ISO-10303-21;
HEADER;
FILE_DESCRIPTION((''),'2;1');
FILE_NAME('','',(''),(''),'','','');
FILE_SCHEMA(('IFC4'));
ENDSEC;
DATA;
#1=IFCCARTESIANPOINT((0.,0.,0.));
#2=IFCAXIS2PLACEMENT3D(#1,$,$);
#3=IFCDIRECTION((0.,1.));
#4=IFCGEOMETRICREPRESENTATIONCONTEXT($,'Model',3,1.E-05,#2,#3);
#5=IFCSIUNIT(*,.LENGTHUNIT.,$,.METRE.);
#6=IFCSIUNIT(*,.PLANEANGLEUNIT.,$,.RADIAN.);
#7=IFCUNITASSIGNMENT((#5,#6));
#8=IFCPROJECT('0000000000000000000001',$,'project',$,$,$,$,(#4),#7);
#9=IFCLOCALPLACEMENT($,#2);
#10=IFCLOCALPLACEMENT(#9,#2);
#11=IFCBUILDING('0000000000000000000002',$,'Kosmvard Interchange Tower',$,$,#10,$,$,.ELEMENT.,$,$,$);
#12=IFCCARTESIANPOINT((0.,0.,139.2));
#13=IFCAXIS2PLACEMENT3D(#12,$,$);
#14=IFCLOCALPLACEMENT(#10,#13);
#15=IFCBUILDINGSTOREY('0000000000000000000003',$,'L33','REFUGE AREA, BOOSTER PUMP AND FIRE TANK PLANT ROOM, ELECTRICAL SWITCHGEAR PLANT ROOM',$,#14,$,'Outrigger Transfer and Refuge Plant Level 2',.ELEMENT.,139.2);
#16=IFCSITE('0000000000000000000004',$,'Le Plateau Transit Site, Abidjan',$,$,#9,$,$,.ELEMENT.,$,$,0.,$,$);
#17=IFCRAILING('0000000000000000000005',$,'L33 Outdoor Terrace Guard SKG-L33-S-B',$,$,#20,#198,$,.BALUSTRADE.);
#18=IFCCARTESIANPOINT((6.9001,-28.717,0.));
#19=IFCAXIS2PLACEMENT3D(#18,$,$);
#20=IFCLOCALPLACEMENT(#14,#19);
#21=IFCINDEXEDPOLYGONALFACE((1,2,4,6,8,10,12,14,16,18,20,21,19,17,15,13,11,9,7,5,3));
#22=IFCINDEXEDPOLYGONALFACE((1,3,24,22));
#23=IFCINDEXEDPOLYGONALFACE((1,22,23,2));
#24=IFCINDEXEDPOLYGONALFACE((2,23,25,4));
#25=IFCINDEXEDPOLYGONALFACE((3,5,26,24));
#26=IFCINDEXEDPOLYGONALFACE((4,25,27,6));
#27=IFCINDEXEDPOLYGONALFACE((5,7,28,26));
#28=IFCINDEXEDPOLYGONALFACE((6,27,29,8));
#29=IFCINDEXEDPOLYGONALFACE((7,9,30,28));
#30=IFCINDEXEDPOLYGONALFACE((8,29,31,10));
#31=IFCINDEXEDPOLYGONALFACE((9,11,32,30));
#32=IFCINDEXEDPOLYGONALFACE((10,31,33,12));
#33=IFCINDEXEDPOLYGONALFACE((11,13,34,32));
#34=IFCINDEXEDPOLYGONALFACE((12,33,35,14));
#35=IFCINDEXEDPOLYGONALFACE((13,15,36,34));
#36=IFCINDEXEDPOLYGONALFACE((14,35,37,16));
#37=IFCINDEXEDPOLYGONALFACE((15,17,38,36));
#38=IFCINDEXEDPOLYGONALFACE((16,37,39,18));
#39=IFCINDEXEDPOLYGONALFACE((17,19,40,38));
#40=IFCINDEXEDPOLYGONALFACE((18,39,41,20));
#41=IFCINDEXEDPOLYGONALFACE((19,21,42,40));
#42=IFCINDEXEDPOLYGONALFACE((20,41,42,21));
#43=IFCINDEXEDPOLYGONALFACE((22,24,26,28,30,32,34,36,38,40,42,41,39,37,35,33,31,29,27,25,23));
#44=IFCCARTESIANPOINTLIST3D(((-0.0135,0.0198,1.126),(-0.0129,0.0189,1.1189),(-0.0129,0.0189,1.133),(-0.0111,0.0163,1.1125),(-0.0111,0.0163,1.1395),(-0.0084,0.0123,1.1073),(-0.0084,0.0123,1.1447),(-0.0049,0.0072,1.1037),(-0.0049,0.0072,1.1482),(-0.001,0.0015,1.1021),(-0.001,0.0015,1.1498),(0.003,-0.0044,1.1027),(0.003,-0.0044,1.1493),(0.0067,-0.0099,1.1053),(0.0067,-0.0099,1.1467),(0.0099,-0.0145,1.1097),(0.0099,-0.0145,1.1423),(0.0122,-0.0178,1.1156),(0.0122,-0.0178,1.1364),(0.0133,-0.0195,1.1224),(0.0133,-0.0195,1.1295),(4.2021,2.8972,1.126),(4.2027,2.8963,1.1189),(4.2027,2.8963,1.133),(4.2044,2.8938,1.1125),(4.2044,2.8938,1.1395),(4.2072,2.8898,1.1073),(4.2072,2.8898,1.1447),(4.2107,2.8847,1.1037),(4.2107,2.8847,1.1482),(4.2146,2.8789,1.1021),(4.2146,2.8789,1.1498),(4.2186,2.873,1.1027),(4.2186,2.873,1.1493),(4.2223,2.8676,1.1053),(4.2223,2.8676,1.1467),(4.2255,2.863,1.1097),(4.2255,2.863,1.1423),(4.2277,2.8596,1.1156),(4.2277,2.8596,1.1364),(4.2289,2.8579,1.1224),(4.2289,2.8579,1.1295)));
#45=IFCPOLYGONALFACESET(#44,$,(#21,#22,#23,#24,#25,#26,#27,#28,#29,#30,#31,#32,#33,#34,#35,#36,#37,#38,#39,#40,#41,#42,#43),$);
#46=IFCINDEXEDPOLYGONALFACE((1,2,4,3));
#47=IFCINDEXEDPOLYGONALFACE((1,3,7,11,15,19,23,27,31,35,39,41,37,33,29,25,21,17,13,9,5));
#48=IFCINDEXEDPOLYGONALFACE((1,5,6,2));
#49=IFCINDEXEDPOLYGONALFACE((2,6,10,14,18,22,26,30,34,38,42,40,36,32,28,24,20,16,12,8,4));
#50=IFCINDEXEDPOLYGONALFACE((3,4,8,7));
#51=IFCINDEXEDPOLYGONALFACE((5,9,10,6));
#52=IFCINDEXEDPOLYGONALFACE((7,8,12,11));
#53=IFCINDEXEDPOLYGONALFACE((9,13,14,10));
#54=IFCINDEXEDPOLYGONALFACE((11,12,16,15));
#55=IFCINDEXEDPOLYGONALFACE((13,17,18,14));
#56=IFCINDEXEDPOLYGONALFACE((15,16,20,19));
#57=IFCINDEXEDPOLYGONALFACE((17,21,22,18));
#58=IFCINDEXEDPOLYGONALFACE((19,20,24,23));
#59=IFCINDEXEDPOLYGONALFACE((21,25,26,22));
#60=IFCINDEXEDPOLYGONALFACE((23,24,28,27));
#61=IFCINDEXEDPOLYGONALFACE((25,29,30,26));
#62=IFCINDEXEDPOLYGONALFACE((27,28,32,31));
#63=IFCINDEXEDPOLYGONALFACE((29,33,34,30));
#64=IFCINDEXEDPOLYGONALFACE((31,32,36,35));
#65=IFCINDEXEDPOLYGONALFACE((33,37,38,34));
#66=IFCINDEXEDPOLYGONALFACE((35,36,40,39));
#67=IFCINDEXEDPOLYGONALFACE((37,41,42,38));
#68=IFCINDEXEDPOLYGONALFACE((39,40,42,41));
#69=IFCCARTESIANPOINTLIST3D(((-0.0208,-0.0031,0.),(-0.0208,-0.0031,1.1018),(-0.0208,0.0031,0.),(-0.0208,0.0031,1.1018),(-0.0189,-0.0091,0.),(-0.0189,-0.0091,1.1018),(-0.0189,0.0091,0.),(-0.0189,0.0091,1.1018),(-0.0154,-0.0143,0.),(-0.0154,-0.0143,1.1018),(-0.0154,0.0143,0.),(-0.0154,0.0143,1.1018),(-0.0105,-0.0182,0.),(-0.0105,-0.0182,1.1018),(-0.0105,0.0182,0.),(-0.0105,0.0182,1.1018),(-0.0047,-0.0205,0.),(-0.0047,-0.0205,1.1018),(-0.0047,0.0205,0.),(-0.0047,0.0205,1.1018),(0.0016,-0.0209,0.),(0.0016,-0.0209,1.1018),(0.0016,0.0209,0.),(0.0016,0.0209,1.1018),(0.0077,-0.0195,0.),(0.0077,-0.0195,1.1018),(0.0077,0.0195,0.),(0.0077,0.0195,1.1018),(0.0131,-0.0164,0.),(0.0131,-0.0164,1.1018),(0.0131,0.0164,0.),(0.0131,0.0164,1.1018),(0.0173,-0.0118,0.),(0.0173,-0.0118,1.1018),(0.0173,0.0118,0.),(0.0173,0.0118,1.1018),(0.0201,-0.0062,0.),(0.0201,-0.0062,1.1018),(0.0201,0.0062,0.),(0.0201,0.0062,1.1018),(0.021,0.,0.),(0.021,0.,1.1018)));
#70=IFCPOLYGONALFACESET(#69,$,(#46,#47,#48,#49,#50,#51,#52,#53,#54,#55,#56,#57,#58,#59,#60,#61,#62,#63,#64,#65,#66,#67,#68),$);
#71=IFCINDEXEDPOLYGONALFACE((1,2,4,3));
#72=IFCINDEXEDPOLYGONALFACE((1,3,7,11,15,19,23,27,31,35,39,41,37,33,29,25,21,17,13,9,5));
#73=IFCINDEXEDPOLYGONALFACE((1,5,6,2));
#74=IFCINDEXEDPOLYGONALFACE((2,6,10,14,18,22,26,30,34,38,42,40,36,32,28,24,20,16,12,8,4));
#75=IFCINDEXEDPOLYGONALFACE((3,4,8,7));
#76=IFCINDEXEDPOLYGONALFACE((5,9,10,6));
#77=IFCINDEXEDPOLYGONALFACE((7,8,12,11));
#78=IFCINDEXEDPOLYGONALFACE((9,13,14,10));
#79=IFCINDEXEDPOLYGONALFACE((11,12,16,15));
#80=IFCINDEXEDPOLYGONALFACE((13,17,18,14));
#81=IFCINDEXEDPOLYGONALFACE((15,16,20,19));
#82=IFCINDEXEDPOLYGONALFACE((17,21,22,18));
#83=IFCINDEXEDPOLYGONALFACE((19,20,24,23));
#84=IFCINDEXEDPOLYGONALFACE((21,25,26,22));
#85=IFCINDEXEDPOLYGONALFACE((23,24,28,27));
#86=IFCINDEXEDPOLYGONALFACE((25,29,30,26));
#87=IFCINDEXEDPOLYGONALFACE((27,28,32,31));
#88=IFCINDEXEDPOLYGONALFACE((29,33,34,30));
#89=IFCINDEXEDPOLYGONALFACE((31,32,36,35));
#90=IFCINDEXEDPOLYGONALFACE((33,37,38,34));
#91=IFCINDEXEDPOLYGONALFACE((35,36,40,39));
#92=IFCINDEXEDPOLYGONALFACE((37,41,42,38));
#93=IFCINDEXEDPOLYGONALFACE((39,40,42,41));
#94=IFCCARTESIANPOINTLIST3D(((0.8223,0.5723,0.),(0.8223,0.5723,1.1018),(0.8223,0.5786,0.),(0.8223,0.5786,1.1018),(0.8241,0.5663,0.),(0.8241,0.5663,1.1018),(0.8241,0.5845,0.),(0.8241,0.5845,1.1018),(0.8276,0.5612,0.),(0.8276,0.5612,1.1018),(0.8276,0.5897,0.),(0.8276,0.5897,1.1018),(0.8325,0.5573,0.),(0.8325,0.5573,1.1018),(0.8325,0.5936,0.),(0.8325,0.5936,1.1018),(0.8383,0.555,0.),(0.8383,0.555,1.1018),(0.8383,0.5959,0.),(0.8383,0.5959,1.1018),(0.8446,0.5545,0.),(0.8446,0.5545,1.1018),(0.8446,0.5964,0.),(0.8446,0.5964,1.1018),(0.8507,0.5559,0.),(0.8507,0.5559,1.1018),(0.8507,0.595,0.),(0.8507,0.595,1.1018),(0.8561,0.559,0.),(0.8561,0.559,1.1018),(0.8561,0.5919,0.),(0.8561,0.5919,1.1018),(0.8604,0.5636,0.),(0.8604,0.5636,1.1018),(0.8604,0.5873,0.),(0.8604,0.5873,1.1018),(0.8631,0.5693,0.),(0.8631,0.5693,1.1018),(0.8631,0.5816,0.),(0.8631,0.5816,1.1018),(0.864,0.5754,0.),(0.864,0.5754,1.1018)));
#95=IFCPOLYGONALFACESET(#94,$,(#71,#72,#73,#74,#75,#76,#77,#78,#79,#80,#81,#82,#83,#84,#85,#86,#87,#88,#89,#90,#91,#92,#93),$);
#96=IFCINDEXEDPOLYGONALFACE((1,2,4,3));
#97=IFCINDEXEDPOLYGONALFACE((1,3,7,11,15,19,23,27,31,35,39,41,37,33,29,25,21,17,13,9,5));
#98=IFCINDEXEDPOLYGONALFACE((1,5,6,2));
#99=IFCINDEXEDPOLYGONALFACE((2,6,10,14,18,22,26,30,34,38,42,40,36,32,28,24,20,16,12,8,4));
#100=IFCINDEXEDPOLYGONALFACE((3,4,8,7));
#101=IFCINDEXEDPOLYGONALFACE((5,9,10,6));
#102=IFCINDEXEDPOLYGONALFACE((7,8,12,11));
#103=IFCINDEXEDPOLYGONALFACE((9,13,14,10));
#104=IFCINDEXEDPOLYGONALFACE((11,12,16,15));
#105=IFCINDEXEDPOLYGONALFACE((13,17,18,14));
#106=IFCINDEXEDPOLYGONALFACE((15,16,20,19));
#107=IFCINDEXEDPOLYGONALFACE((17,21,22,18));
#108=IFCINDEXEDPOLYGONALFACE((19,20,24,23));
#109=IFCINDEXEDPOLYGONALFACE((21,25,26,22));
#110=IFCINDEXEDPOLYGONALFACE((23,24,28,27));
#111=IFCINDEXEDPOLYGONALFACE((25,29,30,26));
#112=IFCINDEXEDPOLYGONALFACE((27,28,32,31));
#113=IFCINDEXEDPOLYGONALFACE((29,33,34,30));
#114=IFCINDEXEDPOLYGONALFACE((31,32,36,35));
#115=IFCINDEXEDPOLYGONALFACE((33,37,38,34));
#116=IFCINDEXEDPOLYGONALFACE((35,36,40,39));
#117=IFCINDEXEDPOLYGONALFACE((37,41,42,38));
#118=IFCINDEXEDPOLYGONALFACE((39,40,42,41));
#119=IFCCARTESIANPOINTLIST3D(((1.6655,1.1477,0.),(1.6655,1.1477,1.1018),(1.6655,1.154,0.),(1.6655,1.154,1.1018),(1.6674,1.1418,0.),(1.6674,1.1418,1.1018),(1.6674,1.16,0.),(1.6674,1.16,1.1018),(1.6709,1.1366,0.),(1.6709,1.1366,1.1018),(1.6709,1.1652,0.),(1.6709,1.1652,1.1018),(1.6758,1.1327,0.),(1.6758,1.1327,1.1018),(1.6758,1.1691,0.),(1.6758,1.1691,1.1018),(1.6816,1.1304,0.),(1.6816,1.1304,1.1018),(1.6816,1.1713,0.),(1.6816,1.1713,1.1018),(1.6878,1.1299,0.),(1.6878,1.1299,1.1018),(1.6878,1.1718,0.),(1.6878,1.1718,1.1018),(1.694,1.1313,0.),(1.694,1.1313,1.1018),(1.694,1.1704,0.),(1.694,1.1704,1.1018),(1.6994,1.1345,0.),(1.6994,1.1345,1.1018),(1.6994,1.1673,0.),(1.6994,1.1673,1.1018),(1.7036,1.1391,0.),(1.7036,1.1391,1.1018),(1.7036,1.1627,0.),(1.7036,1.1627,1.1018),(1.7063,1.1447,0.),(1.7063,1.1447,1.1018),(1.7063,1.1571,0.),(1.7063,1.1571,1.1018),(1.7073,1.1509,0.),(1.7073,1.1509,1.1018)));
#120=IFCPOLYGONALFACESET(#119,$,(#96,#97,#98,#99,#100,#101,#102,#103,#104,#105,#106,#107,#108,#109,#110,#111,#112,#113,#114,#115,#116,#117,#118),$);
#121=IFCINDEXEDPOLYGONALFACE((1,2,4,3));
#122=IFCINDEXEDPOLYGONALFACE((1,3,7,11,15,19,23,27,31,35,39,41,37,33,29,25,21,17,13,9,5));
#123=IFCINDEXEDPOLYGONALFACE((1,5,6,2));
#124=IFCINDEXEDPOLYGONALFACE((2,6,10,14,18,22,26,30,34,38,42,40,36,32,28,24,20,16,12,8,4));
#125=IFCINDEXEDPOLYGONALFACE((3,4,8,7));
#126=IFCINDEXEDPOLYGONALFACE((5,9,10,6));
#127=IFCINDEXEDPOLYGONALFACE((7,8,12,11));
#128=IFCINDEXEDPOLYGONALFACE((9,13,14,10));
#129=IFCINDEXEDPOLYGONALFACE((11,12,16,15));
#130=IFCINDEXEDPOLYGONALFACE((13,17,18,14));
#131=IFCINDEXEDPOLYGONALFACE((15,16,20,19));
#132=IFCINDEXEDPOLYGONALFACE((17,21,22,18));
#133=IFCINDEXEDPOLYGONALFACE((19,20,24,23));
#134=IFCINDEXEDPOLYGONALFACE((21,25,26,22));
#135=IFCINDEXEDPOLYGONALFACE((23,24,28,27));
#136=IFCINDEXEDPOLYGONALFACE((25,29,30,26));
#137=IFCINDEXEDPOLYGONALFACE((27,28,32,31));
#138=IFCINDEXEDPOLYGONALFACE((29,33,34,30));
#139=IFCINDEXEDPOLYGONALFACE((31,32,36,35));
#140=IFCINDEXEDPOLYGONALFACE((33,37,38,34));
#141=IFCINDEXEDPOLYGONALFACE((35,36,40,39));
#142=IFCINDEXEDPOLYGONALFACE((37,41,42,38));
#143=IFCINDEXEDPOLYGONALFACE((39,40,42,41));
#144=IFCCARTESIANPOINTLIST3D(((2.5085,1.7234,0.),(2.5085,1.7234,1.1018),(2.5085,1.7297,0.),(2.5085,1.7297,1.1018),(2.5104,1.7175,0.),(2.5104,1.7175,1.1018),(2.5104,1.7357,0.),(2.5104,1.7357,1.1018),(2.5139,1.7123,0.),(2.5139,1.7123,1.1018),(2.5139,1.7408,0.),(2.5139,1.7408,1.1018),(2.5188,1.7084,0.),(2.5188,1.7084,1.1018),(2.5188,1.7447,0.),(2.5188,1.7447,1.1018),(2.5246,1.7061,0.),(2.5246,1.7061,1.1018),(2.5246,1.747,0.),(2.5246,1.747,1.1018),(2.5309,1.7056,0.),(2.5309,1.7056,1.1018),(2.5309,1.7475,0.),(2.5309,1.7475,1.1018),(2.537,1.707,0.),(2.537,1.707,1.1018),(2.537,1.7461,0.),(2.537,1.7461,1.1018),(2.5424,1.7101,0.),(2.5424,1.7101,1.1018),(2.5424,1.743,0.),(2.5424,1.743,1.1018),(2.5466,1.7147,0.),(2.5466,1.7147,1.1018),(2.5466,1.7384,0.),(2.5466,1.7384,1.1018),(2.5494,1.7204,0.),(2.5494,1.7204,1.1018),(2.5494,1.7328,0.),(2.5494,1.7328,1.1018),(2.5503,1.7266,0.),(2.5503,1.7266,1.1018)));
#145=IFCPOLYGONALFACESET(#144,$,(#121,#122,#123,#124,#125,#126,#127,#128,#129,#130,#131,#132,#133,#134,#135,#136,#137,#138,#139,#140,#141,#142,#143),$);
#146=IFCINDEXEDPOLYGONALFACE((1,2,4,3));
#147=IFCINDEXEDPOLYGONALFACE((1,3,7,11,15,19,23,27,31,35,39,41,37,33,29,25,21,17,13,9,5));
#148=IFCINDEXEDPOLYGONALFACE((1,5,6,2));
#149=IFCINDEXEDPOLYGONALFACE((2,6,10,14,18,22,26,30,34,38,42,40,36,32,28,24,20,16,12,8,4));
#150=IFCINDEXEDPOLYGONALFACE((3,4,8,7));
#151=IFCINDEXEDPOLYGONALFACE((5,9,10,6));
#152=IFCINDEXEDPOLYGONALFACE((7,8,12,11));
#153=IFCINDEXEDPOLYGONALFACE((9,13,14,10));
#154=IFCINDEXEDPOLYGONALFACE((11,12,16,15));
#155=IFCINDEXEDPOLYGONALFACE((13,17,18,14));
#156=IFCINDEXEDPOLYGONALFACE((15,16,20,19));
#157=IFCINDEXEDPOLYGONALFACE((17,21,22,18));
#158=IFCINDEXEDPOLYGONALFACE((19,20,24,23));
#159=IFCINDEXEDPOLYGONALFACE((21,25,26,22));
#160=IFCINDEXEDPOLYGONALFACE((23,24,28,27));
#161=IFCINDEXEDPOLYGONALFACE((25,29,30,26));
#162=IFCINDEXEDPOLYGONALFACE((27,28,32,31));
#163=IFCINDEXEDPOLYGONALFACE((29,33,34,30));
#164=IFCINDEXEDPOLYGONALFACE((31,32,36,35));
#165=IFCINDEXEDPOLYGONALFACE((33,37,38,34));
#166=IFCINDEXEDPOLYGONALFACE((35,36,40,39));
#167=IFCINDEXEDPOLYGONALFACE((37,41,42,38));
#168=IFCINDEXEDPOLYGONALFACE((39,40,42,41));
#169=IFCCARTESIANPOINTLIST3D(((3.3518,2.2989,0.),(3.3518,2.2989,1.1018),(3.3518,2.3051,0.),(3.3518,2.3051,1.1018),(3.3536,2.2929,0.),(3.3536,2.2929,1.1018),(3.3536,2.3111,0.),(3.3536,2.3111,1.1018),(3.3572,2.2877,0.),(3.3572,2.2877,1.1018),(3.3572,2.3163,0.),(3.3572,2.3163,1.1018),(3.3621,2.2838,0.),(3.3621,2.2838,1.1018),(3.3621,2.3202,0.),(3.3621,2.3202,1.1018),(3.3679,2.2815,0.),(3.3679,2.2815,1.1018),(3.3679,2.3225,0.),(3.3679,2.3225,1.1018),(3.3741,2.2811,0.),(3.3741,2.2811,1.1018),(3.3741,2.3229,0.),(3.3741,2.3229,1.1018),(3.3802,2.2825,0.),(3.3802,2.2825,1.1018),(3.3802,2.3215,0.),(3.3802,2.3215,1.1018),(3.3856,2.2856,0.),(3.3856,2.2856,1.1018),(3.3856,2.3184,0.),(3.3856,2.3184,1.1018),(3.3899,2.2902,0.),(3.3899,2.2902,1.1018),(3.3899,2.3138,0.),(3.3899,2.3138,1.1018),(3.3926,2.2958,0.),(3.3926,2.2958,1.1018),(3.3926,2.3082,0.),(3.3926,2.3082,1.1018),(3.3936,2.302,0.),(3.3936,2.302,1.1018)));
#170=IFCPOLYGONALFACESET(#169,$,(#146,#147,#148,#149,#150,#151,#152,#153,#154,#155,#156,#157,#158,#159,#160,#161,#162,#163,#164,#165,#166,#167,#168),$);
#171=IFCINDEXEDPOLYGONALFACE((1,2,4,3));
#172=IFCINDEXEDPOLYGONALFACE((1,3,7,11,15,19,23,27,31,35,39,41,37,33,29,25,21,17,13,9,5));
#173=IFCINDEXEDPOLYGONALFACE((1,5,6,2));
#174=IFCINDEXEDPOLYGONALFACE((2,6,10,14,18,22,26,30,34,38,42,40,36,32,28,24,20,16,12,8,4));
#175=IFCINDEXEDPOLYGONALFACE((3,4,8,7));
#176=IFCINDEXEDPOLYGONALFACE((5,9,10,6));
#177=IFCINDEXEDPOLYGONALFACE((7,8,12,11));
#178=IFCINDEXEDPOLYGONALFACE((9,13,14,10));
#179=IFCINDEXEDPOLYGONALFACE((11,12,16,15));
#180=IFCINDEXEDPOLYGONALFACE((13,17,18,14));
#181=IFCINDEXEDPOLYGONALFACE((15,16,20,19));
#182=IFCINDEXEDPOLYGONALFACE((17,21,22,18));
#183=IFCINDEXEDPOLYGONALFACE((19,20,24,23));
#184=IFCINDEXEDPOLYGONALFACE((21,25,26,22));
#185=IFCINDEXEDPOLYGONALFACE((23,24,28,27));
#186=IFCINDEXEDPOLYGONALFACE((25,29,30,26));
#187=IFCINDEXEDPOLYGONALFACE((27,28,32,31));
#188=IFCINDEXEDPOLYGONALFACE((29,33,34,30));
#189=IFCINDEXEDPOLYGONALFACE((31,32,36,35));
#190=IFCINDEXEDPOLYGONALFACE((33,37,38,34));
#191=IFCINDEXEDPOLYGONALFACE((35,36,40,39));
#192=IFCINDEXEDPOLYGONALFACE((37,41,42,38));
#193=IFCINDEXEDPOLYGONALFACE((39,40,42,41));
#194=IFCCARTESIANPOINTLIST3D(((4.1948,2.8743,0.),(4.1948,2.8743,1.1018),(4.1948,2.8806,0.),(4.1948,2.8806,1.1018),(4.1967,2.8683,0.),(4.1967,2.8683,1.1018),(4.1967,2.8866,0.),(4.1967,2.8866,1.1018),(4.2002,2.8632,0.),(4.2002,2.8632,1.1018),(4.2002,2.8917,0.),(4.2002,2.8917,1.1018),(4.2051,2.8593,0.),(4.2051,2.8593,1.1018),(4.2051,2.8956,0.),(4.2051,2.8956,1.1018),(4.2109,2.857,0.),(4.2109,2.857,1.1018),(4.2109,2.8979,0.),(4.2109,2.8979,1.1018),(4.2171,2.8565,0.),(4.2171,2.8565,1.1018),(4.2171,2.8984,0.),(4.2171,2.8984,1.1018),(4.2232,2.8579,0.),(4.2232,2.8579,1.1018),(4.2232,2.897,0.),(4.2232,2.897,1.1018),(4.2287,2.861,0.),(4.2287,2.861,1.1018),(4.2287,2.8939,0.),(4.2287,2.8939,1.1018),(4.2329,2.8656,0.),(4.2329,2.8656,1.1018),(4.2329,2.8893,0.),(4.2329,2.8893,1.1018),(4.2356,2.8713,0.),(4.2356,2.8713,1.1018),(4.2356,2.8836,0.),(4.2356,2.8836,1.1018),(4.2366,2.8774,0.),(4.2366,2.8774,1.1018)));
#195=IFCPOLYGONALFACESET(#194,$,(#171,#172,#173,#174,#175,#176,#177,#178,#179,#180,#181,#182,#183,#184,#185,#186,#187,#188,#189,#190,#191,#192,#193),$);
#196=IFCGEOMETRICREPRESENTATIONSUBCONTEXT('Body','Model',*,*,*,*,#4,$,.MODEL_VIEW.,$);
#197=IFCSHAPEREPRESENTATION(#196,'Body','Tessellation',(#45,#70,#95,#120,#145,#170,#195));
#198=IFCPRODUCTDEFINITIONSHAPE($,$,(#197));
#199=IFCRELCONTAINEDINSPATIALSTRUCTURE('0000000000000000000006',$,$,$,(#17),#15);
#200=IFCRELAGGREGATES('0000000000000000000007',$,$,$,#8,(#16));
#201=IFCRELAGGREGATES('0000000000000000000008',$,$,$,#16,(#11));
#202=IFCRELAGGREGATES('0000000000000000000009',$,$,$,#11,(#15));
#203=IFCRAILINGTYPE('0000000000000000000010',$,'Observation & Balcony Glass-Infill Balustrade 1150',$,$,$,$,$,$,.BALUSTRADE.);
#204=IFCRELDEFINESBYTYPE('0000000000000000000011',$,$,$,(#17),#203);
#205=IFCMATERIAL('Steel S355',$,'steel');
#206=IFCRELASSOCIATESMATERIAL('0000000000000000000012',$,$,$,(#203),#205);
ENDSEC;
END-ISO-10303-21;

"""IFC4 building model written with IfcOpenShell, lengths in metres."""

from ifc_helpers import new_model, si_unit, direction, frame, origin, origin_2d, place, context, subcontext, project, spatial, circle, extrude, source, transform, mapped, material, type_object, element, save


model = new_model("IFC4")

# Units and contexts
model_context = context("Model", 3, precision=1e-05, world=origin(), true_north=direction((0.0, 1.0)))
body_context = subcontext(model_context, "Body", "Model", "MODEL_VIEW")
ifc_project = project(units=[si_unit("LENGTHUNIT", "METRE"), si_unit("PLANEANGLEUNIT", "RADIAN")], contexts=[model_context])

# Site, building, storey
site_placement = place(None, origin())
site = spatial("IfcSite", under=ifc_project, at=site_placement, Name="Le Plateau Transit Site, Abidjan", CompositionType="ELEMENT", RefElevation=0.0)
building_placement = place(site_placement, origin())
building = spatial("IfcBuilding", under=site, at=building_placement, Name="Kosmvard Interchange Tower", CompositionType="ELEMENT")
storey_placement = place(building_placement, frame((0.0, 0.0, 139.2)))
storey = spatial("IfcBuildingStorey", under=building, at=storey_placement, Name="L33", Description="REFUGE AREA, BOOSTER PUMP AND FIRE TANK PLANT ROOM, ELECTRICAL SWITCHGEAR PLANT ROOM", LongName="Outrigger Transfer and Refuge Plant Level 2", CompositionType="ELEMENT", Elevation=139.2)

# Shared definitions
ifc_material_1 = material(Name="Steel S355", Category="steel")

# Railing
railing_type = type_object("IfcRailingType", Name="Observation & Balcony Glass-Infill Balustrade 1150", PredefinedType="BALUSTRADE", material=ifc_material_1)
shared_shape_1 = source(origin(), body_context, "Body", "SweptSolid", [
    extrude(circle(Radius=0.0239, at=origin_2d()), frame((0.0, 0.0, 1.126), z_axis=(0.825937, 0.563763, 0.0), x_axis=(-0.563763, 0.825937, 0.0)), (0.0, 0.0, 1.0), 5.104),
    extrude(circle(Radius=0.021, at=origin_2d()), origin(), (0.0, 0.0, 1.0), 1.1018),
    extrude(circle(Radius=0.021, at=origin_2d()), frame((0.843, 0.5754, 0.0)), (0.0, 0.0, 1.0), 1.1018),
    extrude(circle(Radius=0.021, at=origin_2d()), frame((1.6863, 1.1509, 0.0)), (0.0, 0.0, 1.0), 1.1018),
    extrude(circle(Radius=0.021, at=origin_2d()), frame((2.5293, 1.7266, 0.0)), (0.0, 0.0, 1.0), 1.1018),
    extrude(circle(Radius=0.021, at=origin_2d()), frame((3.3726, 2.302, 0.0)), (0.0, 0.0, 1.0), 1.1018),
    extrude(circle(Radius=0.021, at=origin_2d()), frame((4.2156, 2.8774, 0.0)), (0.0, 0.0, 1.0), 1.1018),
])
railing_1_placement = place(storey_placement, frame((6.9001, -28.717, 0.0)))
element("IfcRailing", 1, at=railing_1_placement, inside=storey, type_object=railing_type, Name="L33 Outdoor Terrace Guard SKG-L33-S-B", PredefinedType="BALUSTRADE", context=body_context, shape_type="MappedRepresentation", body=[
    mapped(shared_shape_1, transform((0.0, 0.0, 0.0), scale=1.0)),
])

save(model, "model.ifc")
